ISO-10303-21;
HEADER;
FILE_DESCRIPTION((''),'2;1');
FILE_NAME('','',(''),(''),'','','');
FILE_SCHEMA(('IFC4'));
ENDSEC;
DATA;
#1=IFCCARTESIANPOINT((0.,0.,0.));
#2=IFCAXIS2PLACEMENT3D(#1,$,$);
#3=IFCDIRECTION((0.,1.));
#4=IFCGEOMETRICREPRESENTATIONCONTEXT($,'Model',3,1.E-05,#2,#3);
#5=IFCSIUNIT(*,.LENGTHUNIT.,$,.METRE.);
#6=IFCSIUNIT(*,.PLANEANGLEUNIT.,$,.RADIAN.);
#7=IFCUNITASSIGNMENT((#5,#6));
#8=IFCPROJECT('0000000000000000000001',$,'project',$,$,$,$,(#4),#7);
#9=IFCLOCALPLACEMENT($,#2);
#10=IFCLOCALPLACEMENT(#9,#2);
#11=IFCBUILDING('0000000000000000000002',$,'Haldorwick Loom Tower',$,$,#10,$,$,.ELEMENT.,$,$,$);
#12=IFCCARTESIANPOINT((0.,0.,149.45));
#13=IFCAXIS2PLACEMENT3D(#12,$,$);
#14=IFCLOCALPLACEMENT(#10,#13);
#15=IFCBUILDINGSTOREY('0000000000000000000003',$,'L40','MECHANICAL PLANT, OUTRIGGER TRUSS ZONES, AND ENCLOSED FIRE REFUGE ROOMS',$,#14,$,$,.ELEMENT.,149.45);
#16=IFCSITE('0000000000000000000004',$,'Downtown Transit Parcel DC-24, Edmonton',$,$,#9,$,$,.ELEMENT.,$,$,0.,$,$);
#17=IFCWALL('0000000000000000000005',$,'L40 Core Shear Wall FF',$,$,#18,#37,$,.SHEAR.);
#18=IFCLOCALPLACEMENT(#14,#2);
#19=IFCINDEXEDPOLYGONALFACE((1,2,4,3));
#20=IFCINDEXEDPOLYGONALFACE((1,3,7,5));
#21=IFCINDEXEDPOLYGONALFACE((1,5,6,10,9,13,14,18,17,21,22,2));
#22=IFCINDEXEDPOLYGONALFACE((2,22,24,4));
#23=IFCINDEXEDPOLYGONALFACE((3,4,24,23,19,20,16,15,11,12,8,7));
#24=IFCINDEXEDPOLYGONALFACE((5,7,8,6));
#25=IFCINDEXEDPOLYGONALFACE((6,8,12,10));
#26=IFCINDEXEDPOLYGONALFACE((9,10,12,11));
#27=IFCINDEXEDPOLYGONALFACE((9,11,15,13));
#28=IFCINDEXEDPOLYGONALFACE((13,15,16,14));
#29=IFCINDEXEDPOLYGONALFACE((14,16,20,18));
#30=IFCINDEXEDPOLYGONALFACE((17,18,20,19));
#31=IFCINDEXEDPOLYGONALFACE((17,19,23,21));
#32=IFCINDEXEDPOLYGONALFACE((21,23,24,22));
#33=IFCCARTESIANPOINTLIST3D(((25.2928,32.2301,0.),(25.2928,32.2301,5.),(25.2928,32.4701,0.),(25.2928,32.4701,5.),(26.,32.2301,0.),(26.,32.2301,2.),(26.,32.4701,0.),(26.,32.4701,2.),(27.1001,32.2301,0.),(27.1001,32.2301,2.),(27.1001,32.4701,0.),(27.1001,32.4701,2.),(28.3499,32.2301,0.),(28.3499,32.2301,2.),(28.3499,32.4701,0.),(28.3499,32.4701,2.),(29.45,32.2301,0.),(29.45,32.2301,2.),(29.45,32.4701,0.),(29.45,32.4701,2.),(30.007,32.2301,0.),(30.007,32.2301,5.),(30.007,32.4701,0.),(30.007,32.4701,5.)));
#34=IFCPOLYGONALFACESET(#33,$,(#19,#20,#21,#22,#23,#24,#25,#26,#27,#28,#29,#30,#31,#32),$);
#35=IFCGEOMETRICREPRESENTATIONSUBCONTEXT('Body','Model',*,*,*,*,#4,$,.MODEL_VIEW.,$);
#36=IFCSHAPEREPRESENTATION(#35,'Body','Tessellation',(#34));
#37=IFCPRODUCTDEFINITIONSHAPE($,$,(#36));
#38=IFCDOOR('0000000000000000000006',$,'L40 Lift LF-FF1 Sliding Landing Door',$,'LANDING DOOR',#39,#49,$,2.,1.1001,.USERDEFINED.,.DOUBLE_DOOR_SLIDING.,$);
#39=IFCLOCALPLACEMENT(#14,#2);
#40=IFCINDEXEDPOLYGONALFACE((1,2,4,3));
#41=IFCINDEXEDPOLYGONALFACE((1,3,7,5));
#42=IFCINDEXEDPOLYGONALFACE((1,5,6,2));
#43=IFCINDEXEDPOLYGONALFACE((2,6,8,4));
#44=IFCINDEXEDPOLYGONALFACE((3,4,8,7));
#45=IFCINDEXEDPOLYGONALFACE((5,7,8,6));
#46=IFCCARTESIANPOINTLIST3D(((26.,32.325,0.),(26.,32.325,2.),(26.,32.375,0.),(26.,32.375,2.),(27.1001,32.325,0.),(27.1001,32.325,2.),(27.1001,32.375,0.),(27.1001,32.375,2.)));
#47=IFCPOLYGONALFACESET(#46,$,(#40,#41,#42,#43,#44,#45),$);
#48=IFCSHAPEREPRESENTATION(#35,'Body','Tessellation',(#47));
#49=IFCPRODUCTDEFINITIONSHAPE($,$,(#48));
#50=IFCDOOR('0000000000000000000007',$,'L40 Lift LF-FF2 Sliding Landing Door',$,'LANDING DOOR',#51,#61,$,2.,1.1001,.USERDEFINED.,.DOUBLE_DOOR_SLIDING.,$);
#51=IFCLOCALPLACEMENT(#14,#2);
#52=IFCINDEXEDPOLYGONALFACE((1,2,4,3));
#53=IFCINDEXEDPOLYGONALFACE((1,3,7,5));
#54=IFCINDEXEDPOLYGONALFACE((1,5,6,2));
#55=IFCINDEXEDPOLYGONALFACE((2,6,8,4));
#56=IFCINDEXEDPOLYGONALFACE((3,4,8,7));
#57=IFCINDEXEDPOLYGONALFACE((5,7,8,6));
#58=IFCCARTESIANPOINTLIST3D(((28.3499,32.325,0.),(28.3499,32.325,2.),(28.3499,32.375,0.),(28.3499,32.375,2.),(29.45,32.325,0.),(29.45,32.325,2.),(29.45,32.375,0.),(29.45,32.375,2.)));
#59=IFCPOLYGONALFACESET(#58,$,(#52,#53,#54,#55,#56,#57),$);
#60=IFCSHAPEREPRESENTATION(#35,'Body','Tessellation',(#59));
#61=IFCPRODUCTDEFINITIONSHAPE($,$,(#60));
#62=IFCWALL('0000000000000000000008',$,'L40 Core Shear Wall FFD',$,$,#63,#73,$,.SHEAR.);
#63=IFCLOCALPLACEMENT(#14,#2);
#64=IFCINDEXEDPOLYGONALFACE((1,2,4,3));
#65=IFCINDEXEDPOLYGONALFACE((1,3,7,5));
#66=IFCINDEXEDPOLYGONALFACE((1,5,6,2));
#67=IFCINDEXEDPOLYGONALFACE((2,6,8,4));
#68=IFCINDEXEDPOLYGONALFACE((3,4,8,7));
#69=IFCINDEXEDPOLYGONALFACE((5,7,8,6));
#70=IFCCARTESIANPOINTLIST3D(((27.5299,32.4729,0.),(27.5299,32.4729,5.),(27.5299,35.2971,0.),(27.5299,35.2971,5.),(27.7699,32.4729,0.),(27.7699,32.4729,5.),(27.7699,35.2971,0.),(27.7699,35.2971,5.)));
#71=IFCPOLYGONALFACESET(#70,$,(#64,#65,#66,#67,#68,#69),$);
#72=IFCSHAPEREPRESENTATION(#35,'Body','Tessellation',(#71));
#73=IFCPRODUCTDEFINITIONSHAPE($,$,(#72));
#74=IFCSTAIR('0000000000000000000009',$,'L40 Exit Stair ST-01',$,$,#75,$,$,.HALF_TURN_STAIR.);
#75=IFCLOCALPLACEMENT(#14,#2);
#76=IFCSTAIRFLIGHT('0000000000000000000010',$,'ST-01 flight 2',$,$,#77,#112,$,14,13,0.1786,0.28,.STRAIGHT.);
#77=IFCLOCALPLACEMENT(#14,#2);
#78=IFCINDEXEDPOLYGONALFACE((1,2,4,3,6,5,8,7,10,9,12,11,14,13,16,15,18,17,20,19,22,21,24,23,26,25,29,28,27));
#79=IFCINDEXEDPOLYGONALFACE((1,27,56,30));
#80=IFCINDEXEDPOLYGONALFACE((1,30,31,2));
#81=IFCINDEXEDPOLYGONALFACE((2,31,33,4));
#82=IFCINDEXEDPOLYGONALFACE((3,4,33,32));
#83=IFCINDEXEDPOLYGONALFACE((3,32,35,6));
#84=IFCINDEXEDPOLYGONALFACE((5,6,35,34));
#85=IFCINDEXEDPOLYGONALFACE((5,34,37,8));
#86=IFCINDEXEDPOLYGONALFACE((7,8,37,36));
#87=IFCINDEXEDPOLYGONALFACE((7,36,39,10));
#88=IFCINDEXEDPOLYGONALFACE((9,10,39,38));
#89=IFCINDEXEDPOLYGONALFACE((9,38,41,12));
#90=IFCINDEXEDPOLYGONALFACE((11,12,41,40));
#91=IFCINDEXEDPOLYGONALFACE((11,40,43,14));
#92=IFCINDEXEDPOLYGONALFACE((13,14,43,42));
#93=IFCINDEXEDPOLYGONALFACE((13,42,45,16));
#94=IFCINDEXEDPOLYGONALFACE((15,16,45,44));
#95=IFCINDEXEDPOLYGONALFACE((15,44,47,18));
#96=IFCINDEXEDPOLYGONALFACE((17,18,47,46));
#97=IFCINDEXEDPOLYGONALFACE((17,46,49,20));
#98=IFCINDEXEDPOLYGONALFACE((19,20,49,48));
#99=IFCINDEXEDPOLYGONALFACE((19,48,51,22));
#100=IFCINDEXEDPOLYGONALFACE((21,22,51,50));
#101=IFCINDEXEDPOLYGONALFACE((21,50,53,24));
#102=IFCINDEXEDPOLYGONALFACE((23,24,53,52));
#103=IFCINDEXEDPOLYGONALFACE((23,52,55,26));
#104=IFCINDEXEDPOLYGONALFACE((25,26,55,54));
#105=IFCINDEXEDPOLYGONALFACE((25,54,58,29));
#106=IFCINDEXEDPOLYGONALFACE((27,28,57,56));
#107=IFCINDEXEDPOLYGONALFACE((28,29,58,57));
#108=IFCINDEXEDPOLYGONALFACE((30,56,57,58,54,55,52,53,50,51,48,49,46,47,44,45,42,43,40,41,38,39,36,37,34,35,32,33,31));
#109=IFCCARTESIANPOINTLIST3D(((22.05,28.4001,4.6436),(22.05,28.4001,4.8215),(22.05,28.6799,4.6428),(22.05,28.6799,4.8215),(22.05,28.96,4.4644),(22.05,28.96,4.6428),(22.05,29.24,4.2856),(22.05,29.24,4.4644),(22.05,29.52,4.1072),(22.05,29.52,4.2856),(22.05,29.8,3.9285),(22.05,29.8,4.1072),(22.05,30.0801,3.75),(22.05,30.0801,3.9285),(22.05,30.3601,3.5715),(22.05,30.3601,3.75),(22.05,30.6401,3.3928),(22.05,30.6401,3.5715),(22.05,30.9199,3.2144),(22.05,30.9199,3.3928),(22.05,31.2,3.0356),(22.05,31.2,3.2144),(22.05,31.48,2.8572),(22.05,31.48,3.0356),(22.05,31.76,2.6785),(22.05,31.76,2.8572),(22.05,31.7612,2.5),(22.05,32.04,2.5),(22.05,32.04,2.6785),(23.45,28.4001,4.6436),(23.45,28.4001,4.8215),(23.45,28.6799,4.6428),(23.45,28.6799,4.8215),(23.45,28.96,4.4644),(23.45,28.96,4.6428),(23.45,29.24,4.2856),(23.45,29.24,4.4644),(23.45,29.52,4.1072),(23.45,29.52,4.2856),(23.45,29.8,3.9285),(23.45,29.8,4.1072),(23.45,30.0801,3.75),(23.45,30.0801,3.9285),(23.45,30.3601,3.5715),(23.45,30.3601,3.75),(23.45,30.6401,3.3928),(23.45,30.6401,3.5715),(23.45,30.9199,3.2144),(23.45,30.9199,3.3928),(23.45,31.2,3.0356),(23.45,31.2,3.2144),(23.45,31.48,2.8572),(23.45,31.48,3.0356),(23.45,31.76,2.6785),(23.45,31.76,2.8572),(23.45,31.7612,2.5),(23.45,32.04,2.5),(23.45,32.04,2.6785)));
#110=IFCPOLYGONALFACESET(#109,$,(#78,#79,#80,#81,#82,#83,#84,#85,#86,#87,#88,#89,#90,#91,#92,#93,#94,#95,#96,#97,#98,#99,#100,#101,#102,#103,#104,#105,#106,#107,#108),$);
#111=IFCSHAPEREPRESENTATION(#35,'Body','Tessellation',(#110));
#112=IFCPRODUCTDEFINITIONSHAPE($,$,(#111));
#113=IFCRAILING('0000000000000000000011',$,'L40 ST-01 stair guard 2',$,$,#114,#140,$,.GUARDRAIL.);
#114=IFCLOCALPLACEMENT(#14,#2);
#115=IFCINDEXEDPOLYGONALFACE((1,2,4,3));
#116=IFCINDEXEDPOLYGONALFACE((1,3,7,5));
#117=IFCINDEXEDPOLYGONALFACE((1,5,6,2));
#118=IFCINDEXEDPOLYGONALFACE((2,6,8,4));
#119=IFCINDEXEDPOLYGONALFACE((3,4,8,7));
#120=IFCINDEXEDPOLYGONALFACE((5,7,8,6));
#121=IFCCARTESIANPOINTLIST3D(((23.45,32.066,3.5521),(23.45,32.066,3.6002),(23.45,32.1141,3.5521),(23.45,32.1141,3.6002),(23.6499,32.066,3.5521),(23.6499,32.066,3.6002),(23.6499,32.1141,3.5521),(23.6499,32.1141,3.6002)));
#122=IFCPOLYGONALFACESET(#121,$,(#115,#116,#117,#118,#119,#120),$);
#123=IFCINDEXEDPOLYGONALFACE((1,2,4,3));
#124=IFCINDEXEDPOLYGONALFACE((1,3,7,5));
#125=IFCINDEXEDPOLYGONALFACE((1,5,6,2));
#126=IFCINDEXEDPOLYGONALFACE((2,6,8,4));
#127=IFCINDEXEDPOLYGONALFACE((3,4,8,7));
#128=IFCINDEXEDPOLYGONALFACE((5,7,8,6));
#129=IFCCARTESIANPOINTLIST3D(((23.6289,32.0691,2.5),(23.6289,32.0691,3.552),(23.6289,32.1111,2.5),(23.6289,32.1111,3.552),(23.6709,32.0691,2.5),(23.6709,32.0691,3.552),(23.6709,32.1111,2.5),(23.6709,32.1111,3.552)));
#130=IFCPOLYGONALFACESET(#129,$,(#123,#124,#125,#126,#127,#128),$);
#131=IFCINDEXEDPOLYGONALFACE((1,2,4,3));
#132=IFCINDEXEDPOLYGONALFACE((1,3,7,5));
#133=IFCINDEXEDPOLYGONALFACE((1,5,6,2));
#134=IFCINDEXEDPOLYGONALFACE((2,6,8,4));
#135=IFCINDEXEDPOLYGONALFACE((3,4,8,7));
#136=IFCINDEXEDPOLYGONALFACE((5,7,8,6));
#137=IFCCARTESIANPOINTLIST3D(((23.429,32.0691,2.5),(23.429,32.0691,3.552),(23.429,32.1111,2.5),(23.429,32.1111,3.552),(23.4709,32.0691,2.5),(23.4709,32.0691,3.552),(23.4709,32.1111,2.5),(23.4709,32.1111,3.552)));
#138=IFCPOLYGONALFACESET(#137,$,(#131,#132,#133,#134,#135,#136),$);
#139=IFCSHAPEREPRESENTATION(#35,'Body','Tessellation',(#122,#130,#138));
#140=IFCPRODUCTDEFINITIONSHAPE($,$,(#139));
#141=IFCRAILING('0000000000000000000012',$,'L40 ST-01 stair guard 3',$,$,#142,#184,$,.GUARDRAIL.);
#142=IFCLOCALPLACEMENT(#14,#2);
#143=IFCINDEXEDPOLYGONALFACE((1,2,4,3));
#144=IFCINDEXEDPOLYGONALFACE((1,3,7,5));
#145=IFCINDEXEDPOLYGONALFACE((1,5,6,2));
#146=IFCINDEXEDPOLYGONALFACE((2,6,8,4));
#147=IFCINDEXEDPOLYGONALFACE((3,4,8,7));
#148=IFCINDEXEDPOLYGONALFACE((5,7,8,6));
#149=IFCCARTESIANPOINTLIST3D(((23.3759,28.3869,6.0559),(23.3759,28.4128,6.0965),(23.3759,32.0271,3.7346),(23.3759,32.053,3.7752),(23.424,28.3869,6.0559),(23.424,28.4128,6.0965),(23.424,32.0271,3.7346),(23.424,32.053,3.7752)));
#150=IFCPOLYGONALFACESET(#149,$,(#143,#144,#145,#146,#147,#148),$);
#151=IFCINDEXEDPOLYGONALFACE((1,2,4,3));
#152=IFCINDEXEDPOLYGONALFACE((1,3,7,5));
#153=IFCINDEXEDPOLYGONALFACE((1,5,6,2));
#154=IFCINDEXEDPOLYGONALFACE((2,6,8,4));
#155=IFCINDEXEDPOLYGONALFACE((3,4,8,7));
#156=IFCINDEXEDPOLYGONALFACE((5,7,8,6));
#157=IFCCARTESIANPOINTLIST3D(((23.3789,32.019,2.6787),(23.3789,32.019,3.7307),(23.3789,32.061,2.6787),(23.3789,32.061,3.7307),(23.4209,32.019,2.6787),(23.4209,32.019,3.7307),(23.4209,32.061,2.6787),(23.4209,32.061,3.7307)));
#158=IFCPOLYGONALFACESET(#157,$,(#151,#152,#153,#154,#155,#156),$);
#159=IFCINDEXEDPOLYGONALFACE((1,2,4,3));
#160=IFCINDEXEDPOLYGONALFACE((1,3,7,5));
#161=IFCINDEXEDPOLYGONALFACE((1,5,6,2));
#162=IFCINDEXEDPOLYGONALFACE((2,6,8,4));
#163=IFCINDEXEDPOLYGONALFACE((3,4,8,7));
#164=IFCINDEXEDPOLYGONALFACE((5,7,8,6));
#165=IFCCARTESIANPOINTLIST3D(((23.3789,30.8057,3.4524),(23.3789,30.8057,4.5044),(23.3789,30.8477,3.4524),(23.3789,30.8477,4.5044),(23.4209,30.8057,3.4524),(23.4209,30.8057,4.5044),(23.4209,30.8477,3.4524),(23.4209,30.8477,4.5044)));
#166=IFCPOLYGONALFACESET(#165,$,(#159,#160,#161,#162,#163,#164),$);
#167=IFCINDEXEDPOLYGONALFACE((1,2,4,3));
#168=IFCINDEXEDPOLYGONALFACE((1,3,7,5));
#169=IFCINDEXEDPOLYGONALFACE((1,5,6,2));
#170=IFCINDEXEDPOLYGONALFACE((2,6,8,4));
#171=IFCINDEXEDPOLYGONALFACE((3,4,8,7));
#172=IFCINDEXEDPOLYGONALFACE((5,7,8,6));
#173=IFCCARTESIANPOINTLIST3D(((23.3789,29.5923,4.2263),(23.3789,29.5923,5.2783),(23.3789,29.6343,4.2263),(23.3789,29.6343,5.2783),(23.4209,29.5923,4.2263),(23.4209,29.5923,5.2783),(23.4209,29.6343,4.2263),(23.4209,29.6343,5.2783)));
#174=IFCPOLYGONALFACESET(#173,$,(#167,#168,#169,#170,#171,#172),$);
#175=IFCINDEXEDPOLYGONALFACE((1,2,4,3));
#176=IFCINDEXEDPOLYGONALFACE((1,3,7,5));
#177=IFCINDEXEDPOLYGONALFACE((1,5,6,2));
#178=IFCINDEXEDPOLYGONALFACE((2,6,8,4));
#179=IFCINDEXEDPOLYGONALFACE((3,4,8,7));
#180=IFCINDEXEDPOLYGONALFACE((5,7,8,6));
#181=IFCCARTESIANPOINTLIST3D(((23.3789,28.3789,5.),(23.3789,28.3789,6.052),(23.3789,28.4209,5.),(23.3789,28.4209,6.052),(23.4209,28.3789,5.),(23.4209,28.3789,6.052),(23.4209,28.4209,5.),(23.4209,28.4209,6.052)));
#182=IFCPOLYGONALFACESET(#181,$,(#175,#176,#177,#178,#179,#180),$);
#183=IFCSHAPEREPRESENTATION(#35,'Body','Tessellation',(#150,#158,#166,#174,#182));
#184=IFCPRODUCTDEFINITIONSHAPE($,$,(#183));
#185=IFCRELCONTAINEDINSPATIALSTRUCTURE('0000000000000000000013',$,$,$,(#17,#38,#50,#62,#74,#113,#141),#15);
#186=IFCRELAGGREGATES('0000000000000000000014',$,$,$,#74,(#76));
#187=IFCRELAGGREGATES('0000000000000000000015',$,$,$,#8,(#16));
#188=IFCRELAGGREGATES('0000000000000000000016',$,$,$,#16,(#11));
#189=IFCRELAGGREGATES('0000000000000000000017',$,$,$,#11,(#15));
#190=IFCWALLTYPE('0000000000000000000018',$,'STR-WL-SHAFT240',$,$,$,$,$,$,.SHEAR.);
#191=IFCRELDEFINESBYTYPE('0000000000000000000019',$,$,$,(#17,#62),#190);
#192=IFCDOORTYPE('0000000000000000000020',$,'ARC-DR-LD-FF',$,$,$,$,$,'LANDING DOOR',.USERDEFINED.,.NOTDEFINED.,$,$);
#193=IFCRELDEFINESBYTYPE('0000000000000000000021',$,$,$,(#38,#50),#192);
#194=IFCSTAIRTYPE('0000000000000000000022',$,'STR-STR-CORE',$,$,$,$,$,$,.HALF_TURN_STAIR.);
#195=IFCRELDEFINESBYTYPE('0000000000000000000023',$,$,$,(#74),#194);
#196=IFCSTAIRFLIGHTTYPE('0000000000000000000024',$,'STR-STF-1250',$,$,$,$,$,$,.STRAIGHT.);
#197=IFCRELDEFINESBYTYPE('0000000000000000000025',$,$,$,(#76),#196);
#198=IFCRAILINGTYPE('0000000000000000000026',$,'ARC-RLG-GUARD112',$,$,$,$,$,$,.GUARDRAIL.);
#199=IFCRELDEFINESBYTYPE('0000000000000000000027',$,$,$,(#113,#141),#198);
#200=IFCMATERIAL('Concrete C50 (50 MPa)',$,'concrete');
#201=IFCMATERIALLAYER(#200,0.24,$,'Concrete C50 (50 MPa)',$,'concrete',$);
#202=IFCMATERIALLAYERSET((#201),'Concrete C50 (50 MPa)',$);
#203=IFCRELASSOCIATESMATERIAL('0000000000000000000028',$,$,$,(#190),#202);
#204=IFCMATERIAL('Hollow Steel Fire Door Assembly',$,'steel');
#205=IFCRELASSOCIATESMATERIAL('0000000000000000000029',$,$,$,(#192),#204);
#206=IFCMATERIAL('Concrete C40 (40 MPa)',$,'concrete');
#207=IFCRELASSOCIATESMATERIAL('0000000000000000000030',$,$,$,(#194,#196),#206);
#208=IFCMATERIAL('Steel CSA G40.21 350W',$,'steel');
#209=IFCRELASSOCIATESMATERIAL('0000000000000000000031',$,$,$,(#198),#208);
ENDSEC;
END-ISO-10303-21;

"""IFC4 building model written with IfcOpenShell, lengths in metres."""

from ifc_helpers import new_model, si_unit, direction, frame, frame_2d, origin, origin_2d, place, context, subcontext, project, spatial, polyline, rectangle, outline, extrude, material, layer, layer_set, type_object, element, fill, aggregate, save


model = new_model("IFC4")

# Units and contexts
model_context = context("Model", 3, precision=1e-05, world=origin(), true_north=direction((0.0, 1.0)))
body_context = subcontext(model_context, "Body", "Model", "MODEL_VIEW")
ifc_project = project(units=[si_unit("LENGTHUNIT", "METRE"), si_unit("PLANEANGLEUNIT", "RADIAN")], contexts=[model_context])

# Site, building, storey
site_placement = place(None, origin())
site = spatial("IfcSite", under=ifc_project, at=site_placement, Name="Downtown Transit Parcel DC-24, Edmonton", CompositionType="ELEMENT", RefElevation=0.0)
building_placement = place(site_placement, origin())
building = spatial("IfcBuilding", under=site, at=building_placement, Name="Haldorwick Loom Tower", CompositionType="ELEMENT")
storey_placement = place(building_placement, frame((0.0, 0.0, 149.45)))
storey = spatial("IfcBuildingStorey", under=building, at=storey_placement, Name="L40", Description="MECHANICAL PLANT, OUTRIGGER TRUSS ZONES, AND ENCLOSED FIRE REFUGE ROOMS", CompositionType="ELEMENT", Elevation=149.45)

# Wall, openings, doors
ifc_material_1 = material(Name="Concrete C50 (50 MPa)", Category="concrete")
ifc_layer = layer(ifc_material_1, 0.24, Name="Concrete C50 (50 MPa)", Category="concrete")
ifc_layer_set = layer_set([ifc_layer], Name="Concrete C50 (50 MPa)")
wall_type = type_object("IfcWallType", Name="STR-WL-SHAFT240", PredefinedType="SHEAR", material=ifc_layer_set)
wall_1_placement = place(storey_placement, frame((25.293, 32.3501, 0.0), z_axis=(0.0, 0.0, 1.0), x_axis=(1.0, 0.0, 0.0)))
wall_1 = element("IfcWall", 1, at=wall_1_placement, inside=storey, type_object=wall_type, Name="L40 Core Shear Wall FF", PredefinedType="SHEAR", context=body_context, shape_type="SweptSolid", body=[
    extrude(rectangle(XDim=4.7141, YDim=0.24, at=frame_2d((2.3569, 0.0))), origin(), (0.0, 0.0, 1.0), 5.0),
])
opening_1_placement = place(wall_1_placement, frame((0.707, 0.0, 0.0)))
opening_1 = element("IfcOpeningElement", 2, at=opening_1_placement, cuts=wall_1, PredefinedType="OPENING", context=body_context, shape_type="SweptSolid", body=[
    extrude(rectangle(XDim=1.1001, YDim=2.0, at=frame_2d((0.55, 1.0))), frame((0.0, 0.1299, 0.0), z_axis=(0.0, -1.0, 0.0), x_axis=(1.0, 0.0, 0.0)), (0.0, 0.0, 1.0), 0.26),
])
opening_2_placement = place(wall_1_placement, frame((3.0569, 0.0, 0.0)))
opening_2 = element("IfcOpeningElement", 3, at=opening_2_placement, cuts=wall_1, PredefinedType="OPENING", context=body_context, shape_type="SweptSolid", body=[
    extrude(rectangle(XDim=1.1001, YDim=2.0, at=frame_2d((0.55, 1.0))), frame((0.0, 0.1299, 0.0), z_axis=(0.0, -1.0, 0.0), x_axis=(1.0, 0.0, 0.0)), (0.0, 0.0, 1.0), 0.26),
])
ifc_material_2 = material(Name="Hollow Steel Fire Door Assembly", Category="steel")
door_type = type_object("IfcDoorType", Name="ARC-DR-LD-FF", ElementType="LANDING DOOR", OperationType="NOTDEFINED", PredefinedType="USERDEFINED", material=ifc_material_2)
door_1_placement = place(opening_1_placement, origin())
door_1 = element("IfcDoor", 4, at=door_1_placement, inside=storey, type_object=door_type, Name="L40 Lift LF-FF1 Sliding Landing Door", ObjectType="LANDING DOOR", OperationType="DOUBLE_DOOR_SLIDING", OverallHeight=2.0, OverallWidth=1.1001, PredefinedType="USERDEFINED", context=body_context, shape_type="SweptSolid", body=[
    extrude(rectangle(XDim=1.1001, YDim=2.0, at=frame_2d((0.55, 1.0))), frame((0.0, 0.0249, 0.0), z_axis=(0.0, -1.0, 0.0), x_axis=(1.0, 0.0, 0.0)), (0.0, 0.0, 1.0), 0.05),
])
fill(opening_1, door_1)
door_2_placement = place(opening_2_placement, origin())
door_2 = element("IfcDoor", 5, at=door_2_placement, inside=storey, type_object=door_type, Name="L40 Lift LF-FF2 Sliding Landing Door", ObjectType="LANDING DOOR", OperationType="DOUBLE_DOOR_SLIDING", OverallHeight=2.0, OverallWidth=1.1001, PredefinedType="USERDEFINED", context=body_context, shape_type="SweptSolid", body=[
    extrude(rectangle(XDim=1.1001, YDim=2.0, at=frame_2d((0.55, 1.0))), frame((0.0, 0.0249, 0.0), z_axis=(0.0, -1.0, 0.0), x_axis=(1.0, 0.0, 0.0)), (0.0, 0.0, 1.0), 0.05),
])
fill(opening_2, door_2)

# Wall
wall_2_placement = place(storey_placement, frame((27.6499, 32.4729, 0.0), z_axis=(0.0, 0.0, 1.0), x_axis=(0.0, 1.0, 0.0)))
element("IfcWall", 6, at=wall_2_placement, inside=storey, type_object=wall_type, Name="L40 Core Shear Wall FFD", PredefinedType="SHEAR", context=body_context, shape_type="SweptSolid", body=[
    extrude(rectangle(XDim=2.8242, YDim=0.24, at=frame_2d((1.4121, 0.0))), origin(), (0.0, 0.0, 1.0), 5.0),
])

# Stair, stair flight
ifc_material_3 = material(Name="Concrete C40 (40 MPa)", Category="concrete")
stair_type = type_object("IfcStairType", Name="STR-STR-CORE", PredefinedType="HALF_TURN_STAIR", material=ifc_material_3)
stair_placement = place(storey_placement, origin())
stair = element("IfcStair", 7, at=stair_placement, inside=storey, type_object=stair_type, Name="L40 Exit Stair ST-01", PredefinedType="HALF_TURN_STAIR")
stair_flight_type = type_object("IfcStairFlightType", Name="STR-STF-1250", PredefinedType="STRAIGHT", material=ifc_material_3)
stair_flight_placement = place(storey_placement, frame((22.75, 32.04, 2.5), z_axis=(0.0, 0.0, 1.0), x_axis=(0.0, -1.0, 0.0)))
stair_flight = element("IfcStairFlight", 8, at=stair_flight_placement, type_object=stair_flight_type, Name="ST-01 flight 2", NumberOfRisers=14, NumberOfTreads=13, PredefinedType="STRAIGHT", RiserHeight=0.1786, TreadLength=0.28, context=body_context, shape_type="SweptSolid", body=[
    extrude(outline(polyline([(0.0, 0.0), (0.0, 0.1785), (0.28, 0.1785), (0.28, 0.3572), (0.5601, 0.3572), (0.5601, 0.5356), (0.8401, 0.5356), (0.8401, 0.7144), (1.1201, 0.7144), (1.1201, 0.8928), (1.3999, 0.8928), (1.3999, 1.0715), (1.6799, 1.0715), (1.6799, 1.25), (1.96, 1.25), (1.96, 1.4285), (2.24, 1.4285), (2.24, 1.6072), (2.52, 1.6072), (2.52, 1.7856), (2.8, 1.7856), (2.8, 1.9644), (3.0801, 1.9644), (3.0801, 2.1428), (3.3601, 2.1428), (3.3601, 2.3215), (3.6399, 2.3215), (3.6399, 2.5), (3.6399, 2.1436), (0.2788, 0.0), (0.0, 0.0)])), frame((0.0, 0.7, 0.0), z_axis=(0.0, -1.0, 0.0), x_axis=(1.0, 0.0, 0.0)), (0.0, 0.0, 1.0), 1.3999),
])
aggregate(stair, [stair_flight])

# Railings
ifc_material_4 = material(Name="Steel CSA G40.21 350W", Category="steel")
railing_type_1 = type_object("IfcRailingType", Name="ARC-RLG-GUARD112", PredefinedType="GUARDRAIL", material=ifc_material_4)
railing_1_placement = place(storey_placement, frame((23.6499, 32.0901, 2.5)))
element("IfcRailing", 9, at=railing_1_placement, inside=storey, type_object=railing_type_1, Name="L40 ST-01 stair guard 2", PredefinedType="GUARDRAIL", context=body_context, shape_type="SweptSolid", body=[
    extrude(rectangle(XDim=0.0481, YDim=0.0481, at=origin_2d()), frame((0.0, 0.0, 1.0762), z_axis=(-1.0, 0.0, 0.0), x_axis=(0.0, -1.0, 0.0)), (0.0, 0.0, 1.0), 0.2),
    extrude(rectangle(XDim=0.042, YDim=0.042, at=origin_2d()), origin(), (0.0, 0.0, 1.0), 1.052),
    extrude(rectangle(XDim=0.042, YDim=0.042, at=origin_2d()), frame((-0.2, 0.0, 0.0)), (0.0, 0.0, 1.0), 1.052),
])
railing_2_placement = place(storey_placement, frame((23.3999, 32.04, 2.6787)))
element("IfcRailing", 10, at=railing_2_placement, inside=storey, type_object=railing_type_1, Name="L40 ST-01 stair guard 3", PredefinedType="GUARDRAIL", context=body_context, shape_type="SweptSolid", body=[
    extrude(rectangle(XDim=0.0481, YDim=0.0481, at=origin_2d()), frame((0.0, 0.0, 1.0762), z_axis=(0.0, -0.843153, 0.537673), x_axis=(1.0, 0.0, 0.0)), (0.0, 0.0, 1.0), 4.3174),
    extrude(rectangle(XDim=0.042, YDim=0.042, at=origin_2d()), origin(), (0.0, 0.0, 1.0), 1.052),
    extrude(rectangle(XDim=0.042, YDim=0.042, at=origin_2d()), frame((0.0, -1.2134, 0.7737)), (0.0, 0.0, 1.0), 1.052),
    extrude(rectangle(XDim=0.042, YDim=0.042, at=origin_2d()), frame((0.0, -2.4268, 1.5476)), (0.0, 0.0, 1.0), 1.052),
    extrude(rectangle(XDim=0.042, YDim=0.042, at=origin_2d()), frame((0.0, -3.6401, 2.3213)), (0.0, 0.0, 1.0), 1.052),
])

save(model, "model.ifc")
